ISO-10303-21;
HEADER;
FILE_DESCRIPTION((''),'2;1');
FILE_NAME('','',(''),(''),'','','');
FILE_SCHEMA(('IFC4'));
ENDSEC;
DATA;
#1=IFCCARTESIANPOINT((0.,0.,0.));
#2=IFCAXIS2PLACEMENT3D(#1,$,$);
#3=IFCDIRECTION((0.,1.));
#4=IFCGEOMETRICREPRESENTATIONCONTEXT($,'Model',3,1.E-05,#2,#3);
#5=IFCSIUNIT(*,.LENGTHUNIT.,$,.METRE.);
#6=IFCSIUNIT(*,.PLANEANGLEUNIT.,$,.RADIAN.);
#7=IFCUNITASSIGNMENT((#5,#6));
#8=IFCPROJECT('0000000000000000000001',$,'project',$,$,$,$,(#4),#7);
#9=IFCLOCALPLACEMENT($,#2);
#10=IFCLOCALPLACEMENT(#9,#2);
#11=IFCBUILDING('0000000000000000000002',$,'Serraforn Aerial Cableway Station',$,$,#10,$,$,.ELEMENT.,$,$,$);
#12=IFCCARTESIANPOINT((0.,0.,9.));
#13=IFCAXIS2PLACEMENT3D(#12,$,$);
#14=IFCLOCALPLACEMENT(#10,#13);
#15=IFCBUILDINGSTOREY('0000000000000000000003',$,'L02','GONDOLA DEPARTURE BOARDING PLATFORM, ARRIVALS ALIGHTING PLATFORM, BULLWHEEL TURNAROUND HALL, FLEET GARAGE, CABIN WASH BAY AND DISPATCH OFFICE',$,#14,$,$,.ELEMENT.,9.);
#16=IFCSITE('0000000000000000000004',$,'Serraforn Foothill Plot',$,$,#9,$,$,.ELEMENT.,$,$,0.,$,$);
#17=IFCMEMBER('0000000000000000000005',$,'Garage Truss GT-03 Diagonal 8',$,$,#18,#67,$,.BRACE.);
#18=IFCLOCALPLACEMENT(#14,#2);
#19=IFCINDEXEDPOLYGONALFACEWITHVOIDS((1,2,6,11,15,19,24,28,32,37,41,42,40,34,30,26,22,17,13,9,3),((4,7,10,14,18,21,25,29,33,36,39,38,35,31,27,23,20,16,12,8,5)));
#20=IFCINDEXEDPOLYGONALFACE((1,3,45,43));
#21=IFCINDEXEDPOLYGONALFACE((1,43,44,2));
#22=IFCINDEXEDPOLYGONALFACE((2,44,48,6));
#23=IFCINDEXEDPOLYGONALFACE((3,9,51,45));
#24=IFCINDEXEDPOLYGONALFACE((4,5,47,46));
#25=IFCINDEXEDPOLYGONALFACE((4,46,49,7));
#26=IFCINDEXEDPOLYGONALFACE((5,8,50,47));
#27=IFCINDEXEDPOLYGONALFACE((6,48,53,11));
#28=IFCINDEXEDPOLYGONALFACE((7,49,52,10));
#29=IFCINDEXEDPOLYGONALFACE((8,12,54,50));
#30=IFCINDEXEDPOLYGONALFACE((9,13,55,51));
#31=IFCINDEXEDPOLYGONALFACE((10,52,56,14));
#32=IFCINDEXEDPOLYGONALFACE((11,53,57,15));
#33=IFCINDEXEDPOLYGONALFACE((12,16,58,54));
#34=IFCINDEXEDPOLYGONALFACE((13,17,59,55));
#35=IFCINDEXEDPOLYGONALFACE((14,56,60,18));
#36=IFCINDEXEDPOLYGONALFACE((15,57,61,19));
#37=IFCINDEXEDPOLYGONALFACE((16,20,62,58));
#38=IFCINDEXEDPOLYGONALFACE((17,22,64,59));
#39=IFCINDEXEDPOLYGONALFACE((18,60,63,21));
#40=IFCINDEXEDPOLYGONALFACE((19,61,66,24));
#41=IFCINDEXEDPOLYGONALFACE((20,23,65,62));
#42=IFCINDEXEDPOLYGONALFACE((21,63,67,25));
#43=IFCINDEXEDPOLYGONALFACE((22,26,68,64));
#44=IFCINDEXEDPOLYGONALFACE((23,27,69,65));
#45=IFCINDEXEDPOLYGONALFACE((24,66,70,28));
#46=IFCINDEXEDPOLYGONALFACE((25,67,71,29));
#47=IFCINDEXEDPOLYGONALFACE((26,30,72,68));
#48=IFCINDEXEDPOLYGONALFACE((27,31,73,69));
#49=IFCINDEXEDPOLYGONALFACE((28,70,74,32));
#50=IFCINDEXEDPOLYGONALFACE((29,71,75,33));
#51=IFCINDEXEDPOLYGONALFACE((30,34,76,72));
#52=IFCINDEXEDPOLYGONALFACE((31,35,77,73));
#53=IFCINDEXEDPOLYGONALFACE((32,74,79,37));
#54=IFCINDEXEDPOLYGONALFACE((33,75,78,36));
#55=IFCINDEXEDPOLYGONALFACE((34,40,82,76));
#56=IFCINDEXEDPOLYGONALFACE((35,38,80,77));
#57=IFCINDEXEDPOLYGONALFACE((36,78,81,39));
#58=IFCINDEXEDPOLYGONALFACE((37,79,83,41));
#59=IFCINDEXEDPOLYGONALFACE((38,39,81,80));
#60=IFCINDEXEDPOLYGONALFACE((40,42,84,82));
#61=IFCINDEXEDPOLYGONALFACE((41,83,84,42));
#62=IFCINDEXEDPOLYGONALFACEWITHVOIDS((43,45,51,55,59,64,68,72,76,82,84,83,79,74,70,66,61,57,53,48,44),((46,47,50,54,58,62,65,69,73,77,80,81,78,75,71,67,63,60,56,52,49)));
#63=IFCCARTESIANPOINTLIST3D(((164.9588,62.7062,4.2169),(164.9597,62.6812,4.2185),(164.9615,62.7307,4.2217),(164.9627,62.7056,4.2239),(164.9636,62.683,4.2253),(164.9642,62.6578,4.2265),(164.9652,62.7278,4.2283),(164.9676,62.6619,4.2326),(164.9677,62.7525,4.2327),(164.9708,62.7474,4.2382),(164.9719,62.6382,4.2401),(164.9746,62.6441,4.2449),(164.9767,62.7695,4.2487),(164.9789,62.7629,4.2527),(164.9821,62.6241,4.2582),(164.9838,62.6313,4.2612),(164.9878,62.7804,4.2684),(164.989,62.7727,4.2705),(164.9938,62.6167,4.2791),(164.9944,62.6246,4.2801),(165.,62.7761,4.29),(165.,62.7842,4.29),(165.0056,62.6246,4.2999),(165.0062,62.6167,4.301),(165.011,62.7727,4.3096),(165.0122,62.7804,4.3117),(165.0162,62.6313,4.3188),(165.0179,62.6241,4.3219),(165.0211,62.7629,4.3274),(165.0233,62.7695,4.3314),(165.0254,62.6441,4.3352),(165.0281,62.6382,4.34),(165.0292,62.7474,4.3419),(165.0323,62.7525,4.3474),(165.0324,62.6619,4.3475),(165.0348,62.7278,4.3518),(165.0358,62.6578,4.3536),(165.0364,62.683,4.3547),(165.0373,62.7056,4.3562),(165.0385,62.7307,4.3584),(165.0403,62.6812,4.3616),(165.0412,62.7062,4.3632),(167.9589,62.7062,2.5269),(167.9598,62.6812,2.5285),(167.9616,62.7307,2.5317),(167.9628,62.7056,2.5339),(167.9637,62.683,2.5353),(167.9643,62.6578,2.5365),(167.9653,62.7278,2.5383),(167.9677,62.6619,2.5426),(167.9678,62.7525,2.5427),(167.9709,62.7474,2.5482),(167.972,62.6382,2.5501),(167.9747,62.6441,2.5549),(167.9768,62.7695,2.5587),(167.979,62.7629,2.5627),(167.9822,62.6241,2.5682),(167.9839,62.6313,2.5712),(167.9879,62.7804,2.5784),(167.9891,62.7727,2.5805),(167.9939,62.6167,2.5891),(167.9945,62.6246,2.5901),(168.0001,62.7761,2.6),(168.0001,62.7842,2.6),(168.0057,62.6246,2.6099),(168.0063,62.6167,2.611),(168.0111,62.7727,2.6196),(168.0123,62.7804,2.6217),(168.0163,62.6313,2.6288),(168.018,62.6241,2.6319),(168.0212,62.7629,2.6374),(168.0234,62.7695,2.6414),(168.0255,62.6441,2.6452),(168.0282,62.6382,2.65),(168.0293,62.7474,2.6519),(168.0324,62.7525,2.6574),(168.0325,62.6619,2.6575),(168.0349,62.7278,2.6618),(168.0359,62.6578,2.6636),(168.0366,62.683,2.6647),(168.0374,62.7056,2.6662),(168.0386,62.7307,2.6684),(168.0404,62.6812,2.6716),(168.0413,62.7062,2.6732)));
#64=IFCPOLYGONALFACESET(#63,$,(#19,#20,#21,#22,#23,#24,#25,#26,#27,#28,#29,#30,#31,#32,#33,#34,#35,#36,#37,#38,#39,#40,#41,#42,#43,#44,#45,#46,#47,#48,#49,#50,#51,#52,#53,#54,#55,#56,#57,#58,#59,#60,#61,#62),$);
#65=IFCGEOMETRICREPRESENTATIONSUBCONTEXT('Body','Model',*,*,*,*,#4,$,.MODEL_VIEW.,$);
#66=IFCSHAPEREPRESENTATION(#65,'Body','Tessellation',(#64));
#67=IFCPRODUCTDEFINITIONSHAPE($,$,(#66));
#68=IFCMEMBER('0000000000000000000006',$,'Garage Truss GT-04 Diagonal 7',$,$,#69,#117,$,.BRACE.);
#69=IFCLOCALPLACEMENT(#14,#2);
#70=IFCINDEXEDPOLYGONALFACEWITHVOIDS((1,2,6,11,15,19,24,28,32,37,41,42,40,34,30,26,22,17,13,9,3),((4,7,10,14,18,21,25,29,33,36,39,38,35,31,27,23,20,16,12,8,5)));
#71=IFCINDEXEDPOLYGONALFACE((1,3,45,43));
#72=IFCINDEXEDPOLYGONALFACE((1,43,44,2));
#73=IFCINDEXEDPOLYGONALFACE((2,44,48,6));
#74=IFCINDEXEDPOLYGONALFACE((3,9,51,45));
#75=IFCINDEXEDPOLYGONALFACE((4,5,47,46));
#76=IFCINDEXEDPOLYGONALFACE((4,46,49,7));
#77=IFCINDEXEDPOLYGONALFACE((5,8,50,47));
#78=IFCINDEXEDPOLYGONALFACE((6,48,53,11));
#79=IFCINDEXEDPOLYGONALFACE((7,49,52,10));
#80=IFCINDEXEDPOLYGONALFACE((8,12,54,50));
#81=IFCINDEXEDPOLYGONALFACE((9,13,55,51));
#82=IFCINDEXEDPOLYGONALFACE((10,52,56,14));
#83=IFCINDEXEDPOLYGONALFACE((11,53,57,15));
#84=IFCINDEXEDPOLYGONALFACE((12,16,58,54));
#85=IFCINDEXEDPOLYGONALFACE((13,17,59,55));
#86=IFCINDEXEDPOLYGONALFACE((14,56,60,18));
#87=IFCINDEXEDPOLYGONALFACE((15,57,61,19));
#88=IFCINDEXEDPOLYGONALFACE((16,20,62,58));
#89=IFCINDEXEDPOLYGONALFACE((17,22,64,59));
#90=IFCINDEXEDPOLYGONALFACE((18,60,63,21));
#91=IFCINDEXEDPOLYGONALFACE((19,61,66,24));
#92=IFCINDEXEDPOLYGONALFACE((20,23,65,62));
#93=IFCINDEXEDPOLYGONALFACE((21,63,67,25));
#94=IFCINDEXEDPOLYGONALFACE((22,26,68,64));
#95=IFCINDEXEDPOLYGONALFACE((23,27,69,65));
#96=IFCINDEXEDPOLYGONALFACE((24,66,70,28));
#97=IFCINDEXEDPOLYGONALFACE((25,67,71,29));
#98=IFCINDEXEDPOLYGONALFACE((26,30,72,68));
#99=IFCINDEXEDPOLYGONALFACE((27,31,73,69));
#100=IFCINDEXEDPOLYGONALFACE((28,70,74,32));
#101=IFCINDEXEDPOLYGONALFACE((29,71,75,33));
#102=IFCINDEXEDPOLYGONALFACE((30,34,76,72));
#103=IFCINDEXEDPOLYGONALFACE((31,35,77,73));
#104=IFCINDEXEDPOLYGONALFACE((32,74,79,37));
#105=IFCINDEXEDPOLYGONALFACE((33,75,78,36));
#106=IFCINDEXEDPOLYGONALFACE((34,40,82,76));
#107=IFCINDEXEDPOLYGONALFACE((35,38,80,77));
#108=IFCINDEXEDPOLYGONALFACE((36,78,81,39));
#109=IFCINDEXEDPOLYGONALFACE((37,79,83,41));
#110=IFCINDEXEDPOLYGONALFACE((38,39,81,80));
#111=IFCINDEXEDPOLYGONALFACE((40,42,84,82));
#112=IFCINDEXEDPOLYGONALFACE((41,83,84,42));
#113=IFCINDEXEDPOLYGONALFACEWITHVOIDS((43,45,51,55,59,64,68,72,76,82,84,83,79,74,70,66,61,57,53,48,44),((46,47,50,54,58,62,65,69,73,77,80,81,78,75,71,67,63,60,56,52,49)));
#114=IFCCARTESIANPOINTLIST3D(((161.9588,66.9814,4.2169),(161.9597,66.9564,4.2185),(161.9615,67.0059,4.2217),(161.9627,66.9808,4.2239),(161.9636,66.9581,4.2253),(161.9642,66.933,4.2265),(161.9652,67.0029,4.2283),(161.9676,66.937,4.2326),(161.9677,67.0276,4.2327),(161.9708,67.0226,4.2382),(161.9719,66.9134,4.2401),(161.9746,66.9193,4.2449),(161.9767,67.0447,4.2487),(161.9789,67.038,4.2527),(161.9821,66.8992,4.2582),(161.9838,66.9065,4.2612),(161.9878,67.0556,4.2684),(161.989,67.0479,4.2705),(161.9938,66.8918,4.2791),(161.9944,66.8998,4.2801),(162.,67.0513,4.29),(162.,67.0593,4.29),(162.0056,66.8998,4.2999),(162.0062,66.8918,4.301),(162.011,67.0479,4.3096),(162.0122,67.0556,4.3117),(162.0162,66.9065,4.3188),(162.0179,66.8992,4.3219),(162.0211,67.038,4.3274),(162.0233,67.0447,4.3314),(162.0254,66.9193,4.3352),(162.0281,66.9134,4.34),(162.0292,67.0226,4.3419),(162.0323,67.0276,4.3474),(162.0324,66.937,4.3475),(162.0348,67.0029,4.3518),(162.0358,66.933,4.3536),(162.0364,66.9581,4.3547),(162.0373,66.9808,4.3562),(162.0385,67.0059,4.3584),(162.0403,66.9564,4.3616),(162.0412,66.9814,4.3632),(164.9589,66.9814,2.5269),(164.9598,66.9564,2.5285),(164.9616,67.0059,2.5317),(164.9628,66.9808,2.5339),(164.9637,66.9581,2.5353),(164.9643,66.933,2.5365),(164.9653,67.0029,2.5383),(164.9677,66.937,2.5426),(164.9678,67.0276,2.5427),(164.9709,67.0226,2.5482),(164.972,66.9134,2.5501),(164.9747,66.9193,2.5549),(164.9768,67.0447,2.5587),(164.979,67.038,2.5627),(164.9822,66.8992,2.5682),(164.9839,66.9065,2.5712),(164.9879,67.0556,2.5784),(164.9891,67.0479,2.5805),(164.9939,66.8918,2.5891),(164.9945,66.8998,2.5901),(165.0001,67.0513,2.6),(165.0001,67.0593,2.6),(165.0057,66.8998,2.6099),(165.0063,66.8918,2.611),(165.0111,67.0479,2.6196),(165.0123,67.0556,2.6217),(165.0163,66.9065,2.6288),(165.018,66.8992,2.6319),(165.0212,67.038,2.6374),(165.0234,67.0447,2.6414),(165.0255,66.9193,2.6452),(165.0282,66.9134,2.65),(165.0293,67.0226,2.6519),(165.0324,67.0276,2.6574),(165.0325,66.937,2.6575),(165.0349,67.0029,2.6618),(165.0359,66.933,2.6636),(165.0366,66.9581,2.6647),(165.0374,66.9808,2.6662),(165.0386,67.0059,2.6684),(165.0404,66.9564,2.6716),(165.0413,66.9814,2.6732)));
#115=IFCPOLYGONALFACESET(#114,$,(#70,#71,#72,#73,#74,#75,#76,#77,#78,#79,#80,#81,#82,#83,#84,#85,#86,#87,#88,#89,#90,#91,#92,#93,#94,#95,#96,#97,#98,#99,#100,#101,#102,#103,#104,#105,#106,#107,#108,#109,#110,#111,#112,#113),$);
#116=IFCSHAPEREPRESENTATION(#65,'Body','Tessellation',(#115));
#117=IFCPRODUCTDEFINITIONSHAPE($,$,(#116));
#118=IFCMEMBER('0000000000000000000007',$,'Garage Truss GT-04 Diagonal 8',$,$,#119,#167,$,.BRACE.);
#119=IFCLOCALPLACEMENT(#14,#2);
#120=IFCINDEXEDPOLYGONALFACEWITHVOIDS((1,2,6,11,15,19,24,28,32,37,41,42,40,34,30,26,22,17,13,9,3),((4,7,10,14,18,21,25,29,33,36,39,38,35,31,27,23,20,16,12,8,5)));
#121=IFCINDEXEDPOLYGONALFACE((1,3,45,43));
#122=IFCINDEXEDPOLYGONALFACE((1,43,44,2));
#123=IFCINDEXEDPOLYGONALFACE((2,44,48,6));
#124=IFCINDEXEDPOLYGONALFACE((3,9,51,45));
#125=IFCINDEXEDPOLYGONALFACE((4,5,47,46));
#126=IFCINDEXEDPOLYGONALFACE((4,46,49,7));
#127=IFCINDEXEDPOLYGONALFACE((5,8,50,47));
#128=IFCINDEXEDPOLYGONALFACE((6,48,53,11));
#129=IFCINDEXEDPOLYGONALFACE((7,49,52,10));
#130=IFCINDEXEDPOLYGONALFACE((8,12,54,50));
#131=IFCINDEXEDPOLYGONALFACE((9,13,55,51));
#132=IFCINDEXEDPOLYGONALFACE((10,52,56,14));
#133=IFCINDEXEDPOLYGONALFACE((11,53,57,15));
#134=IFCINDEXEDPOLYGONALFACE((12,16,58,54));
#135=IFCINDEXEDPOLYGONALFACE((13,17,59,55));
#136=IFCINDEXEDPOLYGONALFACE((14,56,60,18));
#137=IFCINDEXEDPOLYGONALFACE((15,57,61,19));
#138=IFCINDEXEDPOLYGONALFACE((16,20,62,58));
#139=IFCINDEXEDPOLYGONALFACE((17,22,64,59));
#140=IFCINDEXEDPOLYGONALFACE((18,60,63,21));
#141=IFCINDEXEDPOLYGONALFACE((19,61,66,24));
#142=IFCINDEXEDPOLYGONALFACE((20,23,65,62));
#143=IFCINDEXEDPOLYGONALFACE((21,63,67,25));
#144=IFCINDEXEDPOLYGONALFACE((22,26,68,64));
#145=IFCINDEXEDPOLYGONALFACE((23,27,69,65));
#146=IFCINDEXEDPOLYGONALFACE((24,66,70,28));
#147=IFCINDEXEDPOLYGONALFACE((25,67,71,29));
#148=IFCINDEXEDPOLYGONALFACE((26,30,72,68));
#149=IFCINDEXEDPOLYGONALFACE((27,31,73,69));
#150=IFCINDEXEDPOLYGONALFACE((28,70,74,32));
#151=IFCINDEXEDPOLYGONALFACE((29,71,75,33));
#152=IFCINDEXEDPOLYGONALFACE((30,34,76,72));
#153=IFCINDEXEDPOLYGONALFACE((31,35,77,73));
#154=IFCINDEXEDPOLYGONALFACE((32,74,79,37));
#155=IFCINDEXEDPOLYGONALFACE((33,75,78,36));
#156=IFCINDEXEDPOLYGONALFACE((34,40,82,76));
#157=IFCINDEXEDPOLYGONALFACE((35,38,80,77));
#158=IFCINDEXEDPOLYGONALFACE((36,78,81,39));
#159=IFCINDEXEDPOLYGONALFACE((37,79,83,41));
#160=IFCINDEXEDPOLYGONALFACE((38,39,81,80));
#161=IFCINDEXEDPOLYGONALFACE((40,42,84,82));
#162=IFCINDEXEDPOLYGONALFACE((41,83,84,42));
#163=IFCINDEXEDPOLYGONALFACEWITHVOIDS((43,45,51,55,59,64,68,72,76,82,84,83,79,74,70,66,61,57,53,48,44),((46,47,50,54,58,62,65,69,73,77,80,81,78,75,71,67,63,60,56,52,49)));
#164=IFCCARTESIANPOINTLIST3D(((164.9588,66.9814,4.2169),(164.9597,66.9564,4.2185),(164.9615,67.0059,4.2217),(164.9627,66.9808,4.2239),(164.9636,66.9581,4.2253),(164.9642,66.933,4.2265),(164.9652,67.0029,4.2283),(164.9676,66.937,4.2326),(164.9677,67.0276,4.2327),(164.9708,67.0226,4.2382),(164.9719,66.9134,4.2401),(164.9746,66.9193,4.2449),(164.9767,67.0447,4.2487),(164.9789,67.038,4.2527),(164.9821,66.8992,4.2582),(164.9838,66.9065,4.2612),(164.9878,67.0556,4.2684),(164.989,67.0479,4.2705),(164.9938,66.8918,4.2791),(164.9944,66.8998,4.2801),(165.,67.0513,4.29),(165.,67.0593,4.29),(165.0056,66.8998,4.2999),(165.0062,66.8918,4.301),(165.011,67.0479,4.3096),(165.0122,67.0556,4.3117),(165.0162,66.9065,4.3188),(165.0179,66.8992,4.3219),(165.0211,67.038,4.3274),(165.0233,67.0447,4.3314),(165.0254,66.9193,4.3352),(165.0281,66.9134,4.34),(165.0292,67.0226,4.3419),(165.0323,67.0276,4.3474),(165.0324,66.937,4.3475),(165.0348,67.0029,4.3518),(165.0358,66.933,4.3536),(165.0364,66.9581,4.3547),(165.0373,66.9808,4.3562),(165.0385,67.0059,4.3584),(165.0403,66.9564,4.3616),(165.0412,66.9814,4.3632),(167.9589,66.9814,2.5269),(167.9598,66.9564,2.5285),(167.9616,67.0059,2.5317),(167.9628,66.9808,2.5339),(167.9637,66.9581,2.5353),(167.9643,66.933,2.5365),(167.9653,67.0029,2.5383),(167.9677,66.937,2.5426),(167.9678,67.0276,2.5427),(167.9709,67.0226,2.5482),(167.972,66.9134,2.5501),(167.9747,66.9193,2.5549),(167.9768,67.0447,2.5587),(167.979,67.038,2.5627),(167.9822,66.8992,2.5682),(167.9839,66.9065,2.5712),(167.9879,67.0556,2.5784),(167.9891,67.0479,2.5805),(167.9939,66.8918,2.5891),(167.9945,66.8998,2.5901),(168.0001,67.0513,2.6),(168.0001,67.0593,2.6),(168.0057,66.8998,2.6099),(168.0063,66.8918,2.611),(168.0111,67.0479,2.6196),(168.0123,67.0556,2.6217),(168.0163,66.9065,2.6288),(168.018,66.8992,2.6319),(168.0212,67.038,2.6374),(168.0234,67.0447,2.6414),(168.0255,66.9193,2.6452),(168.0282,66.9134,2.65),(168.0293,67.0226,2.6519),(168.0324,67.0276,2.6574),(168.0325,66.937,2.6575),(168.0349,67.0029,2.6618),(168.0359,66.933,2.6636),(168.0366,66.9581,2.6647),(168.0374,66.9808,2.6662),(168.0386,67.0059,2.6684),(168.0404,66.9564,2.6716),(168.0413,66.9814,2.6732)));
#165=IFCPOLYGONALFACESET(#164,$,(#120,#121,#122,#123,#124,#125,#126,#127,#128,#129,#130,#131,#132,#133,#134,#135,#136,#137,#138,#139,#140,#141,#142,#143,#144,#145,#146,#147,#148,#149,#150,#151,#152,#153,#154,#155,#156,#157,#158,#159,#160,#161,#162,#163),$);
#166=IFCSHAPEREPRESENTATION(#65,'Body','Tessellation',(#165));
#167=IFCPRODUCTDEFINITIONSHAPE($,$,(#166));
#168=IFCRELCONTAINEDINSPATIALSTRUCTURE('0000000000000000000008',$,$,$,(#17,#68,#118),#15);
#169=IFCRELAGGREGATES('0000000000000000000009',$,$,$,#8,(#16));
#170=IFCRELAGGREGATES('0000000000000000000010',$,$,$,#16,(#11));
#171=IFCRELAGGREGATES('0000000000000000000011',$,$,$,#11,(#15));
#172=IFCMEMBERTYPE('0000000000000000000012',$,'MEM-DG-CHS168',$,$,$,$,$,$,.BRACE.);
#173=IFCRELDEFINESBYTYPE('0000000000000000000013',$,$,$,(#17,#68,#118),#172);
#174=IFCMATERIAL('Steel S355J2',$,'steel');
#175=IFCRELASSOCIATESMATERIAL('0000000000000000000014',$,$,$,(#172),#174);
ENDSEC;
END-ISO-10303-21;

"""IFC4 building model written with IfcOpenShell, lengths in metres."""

from ifc_helpers import new_model, si_unit, direction, frame, origin, origin_2d, place, context, subcontext, project, spatial, hollow_circle, extrude, material, material_profile, profile_set, type_object, element, save


model = new_model("IFC4")

# Units and contexts
model_context = context("Model", 3, precision=1e-05, world=origin(), true_north=direction((0.0, 1.0)))
body_context = subcontext(model_context, "Body", "Model", "MODEL_VIEW")
ifc_project = project(units=[si_unit("LENGTHUNIT", "METRE"), si_unit("PLANEANGLEUNIT", "RADIAN")], contexts=[model_context])

# Site, building, storey
site_placement = place(None, origin())
site = spatial("IfcSite", under=ifc_project, at=site_placement, Name="Serraforn Foothill Plot", CompositionType="ELEMENT", RefElevation=0.0)
building_placement = place(site_placement, origin())
building = spatial("IfcBuilding", under=site, at=building_placement, Name="Serraforn Aerial Cableway Station", CompositionType="ELEMENT")
storey_placement = place(building_placement, frame((0.0, 0.0, 9.0)))
storey = spatial("IfcBuildingStorey", under=building, at=storey_placement, Name="L02", Description="GONDOLA DEPARTURE BOARDING PLATFORM, ARRIVALS ALIGHTING PLATFORM, BULLWHEEL TURNAROUND HALL, FLEET GARAGE, CABIN WASH BAY AND DISPATCH OFFICE", CompositionType="ELEMENT", Elevation=9.0)

# Members
ifc_material = material(Name="Steel S355J2", Category="steel")
ifc_material_profile_1 = material_profile(ifc_material, hollow_circle(Radius=0.0842, WallThickness=0.0081, at=origin_2d()), Name="CHS 168.3x8.0")
ifc_profile_set_1 = profile_set([ifc_material_profile_1], Name="Steel S355J2")
member_type_1 = type_object("IfcMemberType", Name="MEM-DG-CHS168", PredefinedType="BRACE", material=ifc_profile_set_1)
for number, where, z_axis, x_axis, name in (
    (1, (165.0, 62.7, 4.29), (0.871272, 0.0, -0.4908), (0.0, 1.0, 0.0), "Garage Truss GT-03 Diagonal 8"),
    (2, (162.0, 66.9751, 4.29), (0.871272, 0.0, -0.4908), (0.0, 1.0, 0.0), "Garage Truss GT-04 Diagonal 7"),
    (3, (165.0, 66.9751, 4.29), (0.871272, 0.0, -0.4908), (0.0, 1.0, 0.0), "Garage Truss GT-04 Diagonal 8"),
):
    element("IfcMember", number, at=place(storey_placement, frame(where, z_axis=z_axis, x_axis=x_axis)), inside=storey, type_object=member_type_1, Name=name, PredefinedType="BRACE", context=body_context, shape_type="SweptSolid", body=[
        extrude(hollow_circle(Radius=0.0842, WallThickness=0.0081, at=origin_2d()), origin(), (0.0, 0.0, 1.0), 3.4434),
    ])

save(model, "model.ifc")
